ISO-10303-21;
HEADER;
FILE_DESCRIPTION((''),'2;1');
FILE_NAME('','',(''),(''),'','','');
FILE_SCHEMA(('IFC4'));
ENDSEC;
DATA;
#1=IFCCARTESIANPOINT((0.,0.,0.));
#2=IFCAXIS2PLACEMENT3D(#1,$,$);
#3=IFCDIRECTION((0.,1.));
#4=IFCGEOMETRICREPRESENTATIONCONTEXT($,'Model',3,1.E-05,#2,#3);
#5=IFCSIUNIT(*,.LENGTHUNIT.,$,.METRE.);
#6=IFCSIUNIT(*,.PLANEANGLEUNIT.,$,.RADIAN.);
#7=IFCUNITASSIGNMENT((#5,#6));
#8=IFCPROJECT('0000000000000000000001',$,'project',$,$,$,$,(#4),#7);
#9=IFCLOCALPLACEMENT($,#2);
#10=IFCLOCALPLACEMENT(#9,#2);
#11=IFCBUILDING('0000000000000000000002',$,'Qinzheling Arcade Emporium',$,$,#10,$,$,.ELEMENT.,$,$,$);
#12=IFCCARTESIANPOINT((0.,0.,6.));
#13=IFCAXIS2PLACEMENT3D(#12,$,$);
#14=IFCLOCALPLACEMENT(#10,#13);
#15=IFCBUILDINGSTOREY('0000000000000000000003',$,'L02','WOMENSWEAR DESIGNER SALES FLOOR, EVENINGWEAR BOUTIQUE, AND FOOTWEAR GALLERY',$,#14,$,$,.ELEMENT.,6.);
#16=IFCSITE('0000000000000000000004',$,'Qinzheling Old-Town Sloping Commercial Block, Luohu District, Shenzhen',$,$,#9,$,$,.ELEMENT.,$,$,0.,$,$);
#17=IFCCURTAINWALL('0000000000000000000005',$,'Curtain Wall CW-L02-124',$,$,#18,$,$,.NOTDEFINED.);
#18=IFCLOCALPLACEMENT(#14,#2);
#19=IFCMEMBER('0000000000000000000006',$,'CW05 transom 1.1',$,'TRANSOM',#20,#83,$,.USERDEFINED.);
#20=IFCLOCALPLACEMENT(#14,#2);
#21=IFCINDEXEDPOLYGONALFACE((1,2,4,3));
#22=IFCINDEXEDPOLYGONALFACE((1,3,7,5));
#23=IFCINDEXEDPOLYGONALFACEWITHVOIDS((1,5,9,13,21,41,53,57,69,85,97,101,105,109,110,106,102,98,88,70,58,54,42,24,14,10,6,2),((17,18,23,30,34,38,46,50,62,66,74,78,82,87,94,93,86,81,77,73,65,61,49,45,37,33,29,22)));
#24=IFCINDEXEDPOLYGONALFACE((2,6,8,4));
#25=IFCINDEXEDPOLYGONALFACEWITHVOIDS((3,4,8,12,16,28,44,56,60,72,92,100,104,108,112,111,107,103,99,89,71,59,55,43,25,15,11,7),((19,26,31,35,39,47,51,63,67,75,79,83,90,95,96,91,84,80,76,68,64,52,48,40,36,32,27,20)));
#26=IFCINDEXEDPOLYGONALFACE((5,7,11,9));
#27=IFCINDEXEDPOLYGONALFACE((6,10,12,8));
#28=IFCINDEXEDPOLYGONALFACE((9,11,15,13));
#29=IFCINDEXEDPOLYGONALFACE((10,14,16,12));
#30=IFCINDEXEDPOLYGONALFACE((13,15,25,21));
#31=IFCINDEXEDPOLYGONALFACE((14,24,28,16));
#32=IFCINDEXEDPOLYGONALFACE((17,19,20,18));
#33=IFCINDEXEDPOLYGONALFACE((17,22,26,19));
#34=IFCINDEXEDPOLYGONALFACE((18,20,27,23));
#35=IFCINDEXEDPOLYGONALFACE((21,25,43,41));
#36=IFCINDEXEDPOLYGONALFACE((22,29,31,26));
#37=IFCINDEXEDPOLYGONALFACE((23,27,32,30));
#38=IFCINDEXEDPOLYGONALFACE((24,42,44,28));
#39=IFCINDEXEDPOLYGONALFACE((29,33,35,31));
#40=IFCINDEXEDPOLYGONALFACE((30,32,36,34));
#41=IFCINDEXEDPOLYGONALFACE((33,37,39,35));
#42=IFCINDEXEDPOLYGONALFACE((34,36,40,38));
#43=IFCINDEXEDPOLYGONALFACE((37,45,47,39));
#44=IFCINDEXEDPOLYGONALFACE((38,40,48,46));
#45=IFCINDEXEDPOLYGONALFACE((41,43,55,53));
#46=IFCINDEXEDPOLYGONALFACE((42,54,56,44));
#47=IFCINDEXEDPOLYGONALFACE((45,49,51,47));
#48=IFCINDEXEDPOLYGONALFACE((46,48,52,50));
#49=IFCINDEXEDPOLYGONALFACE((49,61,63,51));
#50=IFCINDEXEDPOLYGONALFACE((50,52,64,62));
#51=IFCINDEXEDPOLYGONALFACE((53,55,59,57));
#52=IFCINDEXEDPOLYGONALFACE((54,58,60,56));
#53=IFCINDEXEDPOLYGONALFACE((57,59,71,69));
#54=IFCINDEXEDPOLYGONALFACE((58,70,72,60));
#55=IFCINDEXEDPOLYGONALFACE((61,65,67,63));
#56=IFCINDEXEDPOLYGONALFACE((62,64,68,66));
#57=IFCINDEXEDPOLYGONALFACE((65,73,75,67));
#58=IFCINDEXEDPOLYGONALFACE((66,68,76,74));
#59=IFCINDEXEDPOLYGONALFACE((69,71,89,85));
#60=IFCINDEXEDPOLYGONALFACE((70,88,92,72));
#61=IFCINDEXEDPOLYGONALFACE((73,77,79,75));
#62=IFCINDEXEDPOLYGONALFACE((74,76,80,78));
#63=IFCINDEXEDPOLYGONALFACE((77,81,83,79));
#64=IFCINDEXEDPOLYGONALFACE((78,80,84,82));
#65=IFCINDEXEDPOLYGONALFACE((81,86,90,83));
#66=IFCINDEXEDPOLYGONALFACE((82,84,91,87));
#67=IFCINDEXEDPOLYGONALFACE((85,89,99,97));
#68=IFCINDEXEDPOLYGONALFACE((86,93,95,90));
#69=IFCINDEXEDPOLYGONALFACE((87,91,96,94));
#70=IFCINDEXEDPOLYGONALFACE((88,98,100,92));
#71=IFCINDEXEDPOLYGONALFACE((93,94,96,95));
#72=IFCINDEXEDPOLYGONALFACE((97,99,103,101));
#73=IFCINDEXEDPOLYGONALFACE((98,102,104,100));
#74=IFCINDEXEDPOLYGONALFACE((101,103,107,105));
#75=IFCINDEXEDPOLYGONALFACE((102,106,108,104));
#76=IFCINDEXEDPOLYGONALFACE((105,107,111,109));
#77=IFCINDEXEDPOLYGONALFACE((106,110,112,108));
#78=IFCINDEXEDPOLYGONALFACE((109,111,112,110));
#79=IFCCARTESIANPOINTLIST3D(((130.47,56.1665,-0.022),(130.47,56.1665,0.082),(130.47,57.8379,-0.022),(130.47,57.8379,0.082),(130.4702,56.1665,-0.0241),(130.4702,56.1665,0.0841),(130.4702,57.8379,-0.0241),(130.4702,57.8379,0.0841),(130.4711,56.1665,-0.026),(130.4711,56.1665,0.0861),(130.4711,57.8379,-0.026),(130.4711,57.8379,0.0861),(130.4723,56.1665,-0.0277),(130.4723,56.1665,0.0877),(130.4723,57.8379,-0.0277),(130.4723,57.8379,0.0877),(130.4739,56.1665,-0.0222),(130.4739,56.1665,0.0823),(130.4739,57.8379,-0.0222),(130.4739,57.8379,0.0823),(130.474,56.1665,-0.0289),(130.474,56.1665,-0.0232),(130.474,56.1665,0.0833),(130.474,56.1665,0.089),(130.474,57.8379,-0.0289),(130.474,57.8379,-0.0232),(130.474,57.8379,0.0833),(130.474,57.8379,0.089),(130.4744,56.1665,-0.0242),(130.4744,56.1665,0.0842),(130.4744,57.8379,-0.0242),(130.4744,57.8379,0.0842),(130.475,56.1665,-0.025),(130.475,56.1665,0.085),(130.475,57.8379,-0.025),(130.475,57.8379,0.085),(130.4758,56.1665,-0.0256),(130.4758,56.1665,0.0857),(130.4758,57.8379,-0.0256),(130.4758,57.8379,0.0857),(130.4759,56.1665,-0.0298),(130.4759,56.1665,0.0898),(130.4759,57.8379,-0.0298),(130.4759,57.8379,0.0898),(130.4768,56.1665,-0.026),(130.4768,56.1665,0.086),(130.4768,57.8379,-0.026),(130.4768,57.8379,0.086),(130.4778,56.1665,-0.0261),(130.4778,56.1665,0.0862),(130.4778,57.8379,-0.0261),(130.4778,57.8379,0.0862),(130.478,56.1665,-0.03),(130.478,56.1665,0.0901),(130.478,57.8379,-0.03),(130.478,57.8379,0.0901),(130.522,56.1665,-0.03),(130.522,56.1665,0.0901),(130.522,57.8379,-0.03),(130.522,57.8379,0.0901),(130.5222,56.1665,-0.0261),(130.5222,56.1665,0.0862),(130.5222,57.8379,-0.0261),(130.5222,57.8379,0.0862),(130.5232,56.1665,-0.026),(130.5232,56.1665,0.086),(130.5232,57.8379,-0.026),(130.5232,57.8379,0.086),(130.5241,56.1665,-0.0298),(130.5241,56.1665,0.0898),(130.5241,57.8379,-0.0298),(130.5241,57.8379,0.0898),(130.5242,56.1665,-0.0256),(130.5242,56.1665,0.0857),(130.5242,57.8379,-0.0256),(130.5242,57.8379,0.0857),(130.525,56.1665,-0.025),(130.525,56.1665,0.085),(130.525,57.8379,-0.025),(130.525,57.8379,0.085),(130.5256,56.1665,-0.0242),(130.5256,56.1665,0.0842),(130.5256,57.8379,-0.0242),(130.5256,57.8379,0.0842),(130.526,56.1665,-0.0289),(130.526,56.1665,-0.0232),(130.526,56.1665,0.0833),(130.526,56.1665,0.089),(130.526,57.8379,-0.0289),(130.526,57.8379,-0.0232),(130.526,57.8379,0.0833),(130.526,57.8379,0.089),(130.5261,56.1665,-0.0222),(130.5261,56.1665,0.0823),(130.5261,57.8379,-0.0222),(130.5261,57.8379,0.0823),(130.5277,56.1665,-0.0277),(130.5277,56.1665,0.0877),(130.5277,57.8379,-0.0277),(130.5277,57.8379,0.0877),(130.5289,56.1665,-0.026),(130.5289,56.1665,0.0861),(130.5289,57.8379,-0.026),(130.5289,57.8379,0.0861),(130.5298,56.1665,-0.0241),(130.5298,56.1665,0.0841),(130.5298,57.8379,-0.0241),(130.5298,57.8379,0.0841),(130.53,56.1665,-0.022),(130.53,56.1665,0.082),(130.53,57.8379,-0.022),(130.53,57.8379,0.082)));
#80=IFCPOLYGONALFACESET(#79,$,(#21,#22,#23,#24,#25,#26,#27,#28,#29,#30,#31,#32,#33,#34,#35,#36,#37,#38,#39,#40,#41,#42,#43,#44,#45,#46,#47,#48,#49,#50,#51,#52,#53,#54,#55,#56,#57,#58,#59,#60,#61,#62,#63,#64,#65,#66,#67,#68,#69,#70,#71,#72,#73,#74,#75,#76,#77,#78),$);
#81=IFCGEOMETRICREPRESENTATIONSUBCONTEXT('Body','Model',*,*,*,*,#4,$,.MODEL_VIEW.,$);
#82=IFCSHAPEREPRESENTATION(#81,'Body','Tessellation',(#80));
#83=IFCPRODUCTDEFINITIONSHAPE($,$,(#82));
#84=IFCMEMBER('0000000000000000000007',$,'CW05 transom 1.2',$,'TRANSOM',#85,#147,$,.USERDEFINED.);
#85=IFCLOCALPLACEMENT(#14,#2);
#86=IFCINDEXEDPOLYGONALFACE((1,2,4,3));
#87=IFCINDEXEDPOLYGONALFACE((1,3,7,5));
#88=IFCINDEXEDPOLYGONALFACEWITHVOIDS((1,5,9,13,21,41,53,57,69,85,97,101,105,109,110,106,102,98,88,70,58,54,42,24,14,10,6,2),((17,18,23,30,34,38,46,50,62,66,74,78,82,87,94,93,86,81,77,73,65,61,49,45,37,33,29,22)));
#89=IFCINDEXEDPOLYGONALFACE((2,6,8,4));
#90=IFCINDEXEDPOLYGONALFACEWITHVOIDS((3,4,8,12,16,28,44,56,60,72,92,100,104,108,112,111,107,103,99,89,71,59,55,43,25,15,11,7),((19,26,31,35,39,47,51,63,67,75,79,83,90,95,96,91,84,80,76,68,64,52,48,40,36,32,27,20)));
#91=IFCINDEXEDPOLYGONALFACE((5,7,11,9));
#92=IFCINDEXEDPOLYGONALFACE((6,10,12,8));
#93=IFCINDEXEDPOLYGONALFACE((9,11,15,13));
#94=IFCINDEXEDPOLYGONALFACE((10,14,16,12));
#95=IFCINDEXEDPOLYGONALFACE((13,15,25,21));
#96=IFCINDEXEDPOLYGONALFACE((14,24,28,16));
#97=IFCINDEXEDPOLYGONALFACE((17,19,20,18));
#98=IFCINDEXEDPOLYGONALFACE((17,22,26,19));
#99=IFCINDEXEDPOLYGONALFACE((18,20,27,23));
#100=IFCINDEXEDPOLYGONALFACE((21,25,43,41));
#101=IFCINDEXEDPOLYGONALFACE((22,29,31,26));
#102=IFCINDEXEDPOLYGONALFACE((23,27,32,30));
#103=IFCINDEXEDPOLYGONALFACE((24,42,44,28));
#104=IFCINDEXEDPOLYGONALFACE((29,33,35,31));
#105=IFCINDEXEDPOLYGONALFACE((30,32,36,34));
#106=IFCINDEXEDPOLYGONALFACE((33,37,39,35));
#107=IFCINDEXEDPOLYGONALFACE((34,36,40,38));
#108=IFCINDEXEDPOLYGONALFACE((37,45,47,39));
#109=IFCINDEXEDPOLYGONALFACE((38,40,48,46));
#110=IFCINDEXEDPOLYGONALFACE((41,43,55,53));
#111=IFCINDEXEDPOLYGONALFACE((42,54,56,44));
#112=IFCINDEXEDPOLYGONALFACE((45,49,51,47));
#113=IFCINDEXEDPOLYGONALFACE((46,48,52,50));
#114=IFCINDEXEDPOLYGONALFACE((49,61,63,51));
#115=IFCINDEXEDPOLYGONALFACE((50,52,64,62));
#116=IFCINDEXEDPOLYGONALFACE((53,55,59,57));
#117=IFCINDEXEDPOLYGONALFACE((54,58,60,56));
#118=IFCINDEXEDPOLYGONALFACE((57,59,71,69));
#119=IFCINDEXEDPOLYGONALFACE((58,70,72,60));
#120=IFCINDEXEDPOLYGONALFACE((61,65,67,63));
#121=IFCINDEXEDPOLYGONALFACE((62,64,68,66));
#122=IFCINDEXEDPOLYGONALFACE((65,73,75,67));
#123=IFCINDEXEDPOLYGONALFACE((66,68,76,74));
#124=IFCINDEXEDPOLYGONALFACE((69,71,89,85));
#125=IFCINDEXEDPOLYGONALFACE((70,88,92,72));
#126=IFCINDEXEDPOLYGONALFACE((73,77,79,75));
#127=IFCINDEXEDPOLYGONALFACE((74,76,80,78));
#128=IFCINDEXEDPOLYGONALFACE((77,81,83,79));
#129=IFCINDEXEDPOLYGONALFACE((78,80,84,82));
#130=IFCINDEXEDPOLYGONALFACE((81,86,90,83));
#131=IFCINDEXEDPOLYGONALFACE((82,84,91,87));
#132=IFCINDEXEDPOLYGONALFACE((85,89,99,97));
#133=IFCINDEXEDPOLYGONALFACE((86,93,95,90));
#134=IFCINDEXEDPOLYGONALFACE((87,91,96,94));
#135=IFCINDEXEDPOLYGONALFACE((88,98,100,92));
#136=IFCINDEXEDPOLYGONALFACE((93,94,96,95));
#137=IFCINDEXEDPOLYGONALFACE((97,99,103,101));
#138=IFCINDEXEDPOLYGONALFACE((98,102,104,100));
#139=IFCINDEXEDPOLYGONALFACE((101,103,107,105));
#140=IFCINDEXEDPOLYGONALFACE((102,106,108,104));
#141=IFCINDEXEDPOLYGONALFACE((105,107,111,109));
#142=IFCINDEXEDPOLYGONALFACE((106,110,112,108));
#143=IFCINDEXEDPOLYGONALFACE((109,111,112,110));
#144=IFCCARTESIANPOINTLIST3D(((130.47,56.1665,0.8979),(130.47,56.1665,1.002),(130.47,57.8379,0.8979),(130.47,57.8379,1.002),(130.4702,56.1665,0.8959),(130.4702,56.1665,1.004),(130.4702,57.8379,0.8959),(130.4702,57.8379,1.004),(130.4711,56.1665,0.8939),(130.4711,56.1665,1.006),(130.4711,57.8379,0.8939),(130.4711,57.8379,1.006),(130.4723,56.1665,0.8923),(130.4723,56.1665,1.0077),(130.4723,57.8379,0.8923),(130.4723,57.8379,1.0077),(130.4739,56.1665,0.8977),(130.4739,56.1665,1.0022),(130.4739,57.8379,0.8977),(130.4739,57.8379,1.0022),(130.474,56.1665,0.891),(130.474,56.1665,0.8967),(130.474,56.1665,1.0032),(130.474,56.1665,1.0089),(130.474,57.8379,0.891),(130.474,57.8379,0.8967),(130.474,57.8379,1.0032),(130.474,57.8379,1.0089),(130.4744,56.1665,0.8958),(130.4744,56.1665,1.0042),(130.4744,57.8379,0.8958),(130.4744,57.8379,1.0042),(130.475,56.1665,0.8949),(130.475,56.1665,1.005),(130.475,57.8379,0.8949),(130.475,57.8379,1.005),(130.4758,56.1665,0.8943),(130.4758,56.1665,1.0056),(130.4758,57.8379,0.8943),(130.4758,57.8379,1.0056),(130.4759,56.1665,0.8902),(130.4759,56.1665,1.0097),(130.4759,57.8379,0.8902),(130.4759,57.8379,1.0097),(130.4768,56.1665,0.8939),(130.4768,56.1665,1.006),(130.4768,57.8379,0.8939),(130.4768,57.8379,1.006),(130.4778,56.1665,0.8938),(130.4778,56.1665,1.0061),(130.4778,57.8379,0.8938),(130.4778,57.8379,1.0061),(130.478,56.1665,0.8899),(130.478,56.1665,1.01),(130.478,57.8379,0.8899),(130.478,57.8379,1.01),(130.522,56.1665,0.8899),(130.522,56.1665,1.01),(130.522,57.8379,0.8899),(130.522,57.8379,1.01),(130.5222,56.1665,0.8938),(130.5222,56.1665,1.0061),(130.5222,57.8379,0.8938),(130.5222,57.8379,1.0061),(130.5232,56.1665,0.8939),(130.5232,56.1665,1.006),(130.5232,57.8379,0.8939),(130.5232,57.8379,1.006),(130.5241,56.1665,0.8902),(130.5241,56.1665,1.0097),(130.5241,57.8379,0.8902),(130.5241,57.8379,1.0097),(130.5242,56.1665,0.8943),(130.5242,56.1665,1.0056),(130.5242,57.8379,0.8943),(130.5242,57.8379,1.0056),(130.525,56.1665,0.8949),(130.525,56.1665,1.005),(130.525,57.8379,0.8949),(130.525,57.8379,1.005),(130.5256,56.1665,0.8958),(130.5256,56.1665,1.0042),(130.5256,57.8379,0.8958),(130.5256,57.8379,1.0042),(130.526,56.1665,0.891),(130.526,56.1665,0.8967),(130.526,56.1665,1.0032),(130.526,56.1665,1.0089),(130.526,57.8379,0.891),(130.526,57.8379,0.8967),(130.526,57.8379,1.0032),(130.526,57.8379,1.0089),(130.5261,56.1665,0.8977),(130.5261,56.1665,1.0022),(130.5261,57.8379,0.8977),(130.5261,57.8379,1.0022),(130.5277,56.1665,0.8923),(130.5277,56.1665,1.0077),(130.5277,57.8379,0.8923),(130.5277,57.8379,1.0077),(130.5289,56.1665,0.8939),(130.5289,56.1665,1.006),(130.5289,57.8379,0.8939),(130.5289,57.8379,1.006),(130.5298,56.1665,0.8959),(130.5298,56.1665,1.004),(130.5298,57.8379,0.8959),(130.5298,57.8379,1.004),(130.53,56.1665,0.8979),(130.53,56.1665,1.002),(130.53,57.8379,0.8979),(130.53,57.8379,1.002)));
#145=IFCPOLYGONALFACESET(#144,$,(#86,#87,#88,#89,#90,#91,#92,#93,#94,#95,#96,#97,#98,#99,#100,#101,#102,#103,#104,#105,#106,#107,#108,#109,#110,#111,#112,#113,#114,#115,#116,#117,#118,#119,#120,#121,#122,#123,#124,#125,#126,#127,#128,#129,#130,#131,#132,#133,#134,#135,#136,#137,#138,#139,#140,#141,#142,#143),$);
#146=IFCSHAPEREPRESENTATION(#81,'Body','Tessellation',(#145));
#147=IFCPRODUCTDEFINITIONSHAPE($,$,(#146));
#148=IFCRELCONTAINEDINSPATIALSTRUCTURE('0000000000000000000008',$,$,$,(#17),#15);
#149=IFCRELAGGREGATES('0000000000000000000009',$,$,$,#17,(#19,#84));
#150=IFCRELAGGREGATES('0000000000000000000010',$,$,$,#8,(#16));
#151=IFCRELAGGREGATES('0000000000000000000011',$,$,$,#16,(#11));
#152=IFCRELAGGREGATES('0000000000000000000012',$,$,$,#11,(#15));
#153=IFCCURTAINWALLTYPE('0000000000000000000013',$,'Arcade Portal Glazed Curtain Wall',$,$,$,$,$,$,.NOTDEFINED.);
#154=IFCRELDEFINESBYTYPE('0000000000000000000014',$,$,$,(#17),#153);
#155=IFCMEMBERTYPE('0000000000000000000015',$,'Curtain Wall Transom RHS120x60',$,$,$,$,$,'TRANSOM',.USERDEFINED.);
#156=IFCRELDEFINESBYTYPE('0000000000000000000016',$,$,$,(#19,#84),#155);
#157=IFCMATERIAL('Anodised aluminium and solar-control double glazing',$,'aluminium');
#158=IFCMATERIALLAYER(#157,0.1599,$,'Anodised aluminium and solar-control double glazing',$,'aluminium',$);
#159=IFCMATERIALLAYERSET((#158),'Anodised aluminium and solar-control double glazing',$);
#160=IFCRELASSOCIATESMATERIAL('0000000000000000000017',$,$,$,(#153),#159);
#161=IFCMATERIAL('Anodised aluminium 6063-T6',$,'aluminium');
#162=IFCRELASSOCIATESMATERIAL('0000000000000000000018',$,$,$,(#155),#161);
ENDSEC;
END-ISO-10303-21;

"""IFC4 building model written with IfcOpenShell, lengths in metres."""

from ifc_helpers import new_model, si_unit, direction, frame, origin, origin_2d, place, context, subcontext, project, spatial, hollow_rectangle, extrude, material, layer, layer_set, material_profile, profile_set, type_object, element, aggregate, save


model = new_model("IFC4")

# Units and contexts
model_context = context("Model", 3, precision=1e-05, world=origin(), true_north=direction((0.0, 1.0)))
body_context = subcontext(model_context, "Body", "Model", "MODEL_VIEW")
ifc_project = project(units=[si_unit("LENGTHUNIT", "METRE"), si_unit("PLANEANGLEUNIT", "RADIAN")], contexts=[model_context])

# Site, building, storey
site_placement = place(None, origin())
site = spatial("IfcSite", under=ifc_project, at=site_placement, Name="Qinzheling Old-Town Sloping Commercial Block, Luohu District, Shenzhen", CompositionType="ELEMENT", RefElevation=0.0)
building_placement = place(site_placement, origin())
building = spatial("IfcBuilding", under=site, at=building_placement, Name="Qinzheling Arcade Emporium", CompositionType="ELEMENT")
storey_placement = place(building_placement, frame((0.0, 0.0, 6.0)))
storey = spatial("IfcBuildingStorey", under=building, at=storey_placement, Name="L02", Description="WOMENSWEAR DESIGNER SALES FLOOR, EVENINGWEAR BOUTIQUE, AND FOOTWEAR GALLERY", CompositionType="ELEMENT", Elevation=6.0)

# Shared definitions
ifc_material_1 = material(Name="Anodised aluminium and solar-control double glazing", Category="aluminium")
ifc_layer_1 = layer(ifc_material_1, 0.1599, Name="Anodised aluminium and solar-control double glazing", Category="aluminium")
ifc_layer_set_1 = layer_set([ifc_layer_1], Name="Anodised aluminium and solar-control double glazing")
curtain_wall_type = type_object("IfcCurtainWallType", Name="Arcade Portal Glazed Curtain Wall", PredefinedType="NOTDEFINED", material=ifc_layer_set_1)
ifc_material_2 = material(Name="Anodised aluminium 6063-T6", Category="aluminium")

# Curtain wall, members
curtain_wall_1_placement = place(storey_placement, origin())
curtain_wall_1 = element("IfcCurtainWall", 1, at=curtain_wall_1_placement, inside=storey, type_object=curtain_wall_type, Name="Curtain Wall CW-L02-124", PredefinedType="NOTDEFINED")
ifc_material_profile_1 = material_profile(ifc_material_2, hollow_rectangle(XDim=0.0601, YDim=0.1201, WallThickness=0.0039, InnerFilletRadius=0.0039, OuterFilletRadius=0.0081, at=origin_2d()), Name="RHS 120x60x4", Category="aluminium")
ifc_profile_set_1 = profile_set([ifc_material_profile_1], Name="Anodised aluminium 6063-T6")
member_type_1 = type_object("IfcMemberType", Name="Curtain Wall Transom RHS120x60", ElementType="TRANSOM", PredefinedType="USERDEFINED", material=ifc_profile_set_1)
member_1_placement = place(storey_placement, frame((130.5, 57.8379, 0.03), z_axis=(0.0, -1.0, 0.0), x_axis=(1.0, 0.0, 0.0)))
member_1 = element("IfcMember", 2, at=member_1_placement, type_object=member_type_1, Name="CW05 transom 1.1", ObjectType="TRANSOM", PredefinedType="USERDEFINED", context=body_context, shape_type="SweptSolid", body=[
    extrude(hollow_rectangle(XDim=0.0601, YDim=0.1201, WallThickness=0.0039, InnerFilletRadius=0.0039, OuterFilletRadius=0.0081, at=origin_2d()), origin(), (0.0, 0.0, 1.0), 1.6714),
])
member_2_placement = place(storey_placement, frame((130.5, 57.8379, 0.95), z_axis=(0.0, -1.0, 0.0), x_axis=(1.0, 0.0, 0.0)))
member_2 = element("IfcMember", 3, at=member_2_placement, type_object=member_type_1, Name="CW05 transom 1.2", ObjectType="TRANSOM", PredefinedType="USERDEFINED", context=body_context, shape_type="SweptSolid", body=[
    extrude(hollow_rectangle(XDim=0.0601, YDim=0.1201, WallThickness=0.0039, InnerFilletRadius=0.0039, OuterFilletRadius=0.0081, at=origin_2d()), origin(), (0.0, 0.0, 1.0), 1.6714),
])
aggregate(curtain_wall_1, [member_1, member_2])

save(model, "model.ifc")
